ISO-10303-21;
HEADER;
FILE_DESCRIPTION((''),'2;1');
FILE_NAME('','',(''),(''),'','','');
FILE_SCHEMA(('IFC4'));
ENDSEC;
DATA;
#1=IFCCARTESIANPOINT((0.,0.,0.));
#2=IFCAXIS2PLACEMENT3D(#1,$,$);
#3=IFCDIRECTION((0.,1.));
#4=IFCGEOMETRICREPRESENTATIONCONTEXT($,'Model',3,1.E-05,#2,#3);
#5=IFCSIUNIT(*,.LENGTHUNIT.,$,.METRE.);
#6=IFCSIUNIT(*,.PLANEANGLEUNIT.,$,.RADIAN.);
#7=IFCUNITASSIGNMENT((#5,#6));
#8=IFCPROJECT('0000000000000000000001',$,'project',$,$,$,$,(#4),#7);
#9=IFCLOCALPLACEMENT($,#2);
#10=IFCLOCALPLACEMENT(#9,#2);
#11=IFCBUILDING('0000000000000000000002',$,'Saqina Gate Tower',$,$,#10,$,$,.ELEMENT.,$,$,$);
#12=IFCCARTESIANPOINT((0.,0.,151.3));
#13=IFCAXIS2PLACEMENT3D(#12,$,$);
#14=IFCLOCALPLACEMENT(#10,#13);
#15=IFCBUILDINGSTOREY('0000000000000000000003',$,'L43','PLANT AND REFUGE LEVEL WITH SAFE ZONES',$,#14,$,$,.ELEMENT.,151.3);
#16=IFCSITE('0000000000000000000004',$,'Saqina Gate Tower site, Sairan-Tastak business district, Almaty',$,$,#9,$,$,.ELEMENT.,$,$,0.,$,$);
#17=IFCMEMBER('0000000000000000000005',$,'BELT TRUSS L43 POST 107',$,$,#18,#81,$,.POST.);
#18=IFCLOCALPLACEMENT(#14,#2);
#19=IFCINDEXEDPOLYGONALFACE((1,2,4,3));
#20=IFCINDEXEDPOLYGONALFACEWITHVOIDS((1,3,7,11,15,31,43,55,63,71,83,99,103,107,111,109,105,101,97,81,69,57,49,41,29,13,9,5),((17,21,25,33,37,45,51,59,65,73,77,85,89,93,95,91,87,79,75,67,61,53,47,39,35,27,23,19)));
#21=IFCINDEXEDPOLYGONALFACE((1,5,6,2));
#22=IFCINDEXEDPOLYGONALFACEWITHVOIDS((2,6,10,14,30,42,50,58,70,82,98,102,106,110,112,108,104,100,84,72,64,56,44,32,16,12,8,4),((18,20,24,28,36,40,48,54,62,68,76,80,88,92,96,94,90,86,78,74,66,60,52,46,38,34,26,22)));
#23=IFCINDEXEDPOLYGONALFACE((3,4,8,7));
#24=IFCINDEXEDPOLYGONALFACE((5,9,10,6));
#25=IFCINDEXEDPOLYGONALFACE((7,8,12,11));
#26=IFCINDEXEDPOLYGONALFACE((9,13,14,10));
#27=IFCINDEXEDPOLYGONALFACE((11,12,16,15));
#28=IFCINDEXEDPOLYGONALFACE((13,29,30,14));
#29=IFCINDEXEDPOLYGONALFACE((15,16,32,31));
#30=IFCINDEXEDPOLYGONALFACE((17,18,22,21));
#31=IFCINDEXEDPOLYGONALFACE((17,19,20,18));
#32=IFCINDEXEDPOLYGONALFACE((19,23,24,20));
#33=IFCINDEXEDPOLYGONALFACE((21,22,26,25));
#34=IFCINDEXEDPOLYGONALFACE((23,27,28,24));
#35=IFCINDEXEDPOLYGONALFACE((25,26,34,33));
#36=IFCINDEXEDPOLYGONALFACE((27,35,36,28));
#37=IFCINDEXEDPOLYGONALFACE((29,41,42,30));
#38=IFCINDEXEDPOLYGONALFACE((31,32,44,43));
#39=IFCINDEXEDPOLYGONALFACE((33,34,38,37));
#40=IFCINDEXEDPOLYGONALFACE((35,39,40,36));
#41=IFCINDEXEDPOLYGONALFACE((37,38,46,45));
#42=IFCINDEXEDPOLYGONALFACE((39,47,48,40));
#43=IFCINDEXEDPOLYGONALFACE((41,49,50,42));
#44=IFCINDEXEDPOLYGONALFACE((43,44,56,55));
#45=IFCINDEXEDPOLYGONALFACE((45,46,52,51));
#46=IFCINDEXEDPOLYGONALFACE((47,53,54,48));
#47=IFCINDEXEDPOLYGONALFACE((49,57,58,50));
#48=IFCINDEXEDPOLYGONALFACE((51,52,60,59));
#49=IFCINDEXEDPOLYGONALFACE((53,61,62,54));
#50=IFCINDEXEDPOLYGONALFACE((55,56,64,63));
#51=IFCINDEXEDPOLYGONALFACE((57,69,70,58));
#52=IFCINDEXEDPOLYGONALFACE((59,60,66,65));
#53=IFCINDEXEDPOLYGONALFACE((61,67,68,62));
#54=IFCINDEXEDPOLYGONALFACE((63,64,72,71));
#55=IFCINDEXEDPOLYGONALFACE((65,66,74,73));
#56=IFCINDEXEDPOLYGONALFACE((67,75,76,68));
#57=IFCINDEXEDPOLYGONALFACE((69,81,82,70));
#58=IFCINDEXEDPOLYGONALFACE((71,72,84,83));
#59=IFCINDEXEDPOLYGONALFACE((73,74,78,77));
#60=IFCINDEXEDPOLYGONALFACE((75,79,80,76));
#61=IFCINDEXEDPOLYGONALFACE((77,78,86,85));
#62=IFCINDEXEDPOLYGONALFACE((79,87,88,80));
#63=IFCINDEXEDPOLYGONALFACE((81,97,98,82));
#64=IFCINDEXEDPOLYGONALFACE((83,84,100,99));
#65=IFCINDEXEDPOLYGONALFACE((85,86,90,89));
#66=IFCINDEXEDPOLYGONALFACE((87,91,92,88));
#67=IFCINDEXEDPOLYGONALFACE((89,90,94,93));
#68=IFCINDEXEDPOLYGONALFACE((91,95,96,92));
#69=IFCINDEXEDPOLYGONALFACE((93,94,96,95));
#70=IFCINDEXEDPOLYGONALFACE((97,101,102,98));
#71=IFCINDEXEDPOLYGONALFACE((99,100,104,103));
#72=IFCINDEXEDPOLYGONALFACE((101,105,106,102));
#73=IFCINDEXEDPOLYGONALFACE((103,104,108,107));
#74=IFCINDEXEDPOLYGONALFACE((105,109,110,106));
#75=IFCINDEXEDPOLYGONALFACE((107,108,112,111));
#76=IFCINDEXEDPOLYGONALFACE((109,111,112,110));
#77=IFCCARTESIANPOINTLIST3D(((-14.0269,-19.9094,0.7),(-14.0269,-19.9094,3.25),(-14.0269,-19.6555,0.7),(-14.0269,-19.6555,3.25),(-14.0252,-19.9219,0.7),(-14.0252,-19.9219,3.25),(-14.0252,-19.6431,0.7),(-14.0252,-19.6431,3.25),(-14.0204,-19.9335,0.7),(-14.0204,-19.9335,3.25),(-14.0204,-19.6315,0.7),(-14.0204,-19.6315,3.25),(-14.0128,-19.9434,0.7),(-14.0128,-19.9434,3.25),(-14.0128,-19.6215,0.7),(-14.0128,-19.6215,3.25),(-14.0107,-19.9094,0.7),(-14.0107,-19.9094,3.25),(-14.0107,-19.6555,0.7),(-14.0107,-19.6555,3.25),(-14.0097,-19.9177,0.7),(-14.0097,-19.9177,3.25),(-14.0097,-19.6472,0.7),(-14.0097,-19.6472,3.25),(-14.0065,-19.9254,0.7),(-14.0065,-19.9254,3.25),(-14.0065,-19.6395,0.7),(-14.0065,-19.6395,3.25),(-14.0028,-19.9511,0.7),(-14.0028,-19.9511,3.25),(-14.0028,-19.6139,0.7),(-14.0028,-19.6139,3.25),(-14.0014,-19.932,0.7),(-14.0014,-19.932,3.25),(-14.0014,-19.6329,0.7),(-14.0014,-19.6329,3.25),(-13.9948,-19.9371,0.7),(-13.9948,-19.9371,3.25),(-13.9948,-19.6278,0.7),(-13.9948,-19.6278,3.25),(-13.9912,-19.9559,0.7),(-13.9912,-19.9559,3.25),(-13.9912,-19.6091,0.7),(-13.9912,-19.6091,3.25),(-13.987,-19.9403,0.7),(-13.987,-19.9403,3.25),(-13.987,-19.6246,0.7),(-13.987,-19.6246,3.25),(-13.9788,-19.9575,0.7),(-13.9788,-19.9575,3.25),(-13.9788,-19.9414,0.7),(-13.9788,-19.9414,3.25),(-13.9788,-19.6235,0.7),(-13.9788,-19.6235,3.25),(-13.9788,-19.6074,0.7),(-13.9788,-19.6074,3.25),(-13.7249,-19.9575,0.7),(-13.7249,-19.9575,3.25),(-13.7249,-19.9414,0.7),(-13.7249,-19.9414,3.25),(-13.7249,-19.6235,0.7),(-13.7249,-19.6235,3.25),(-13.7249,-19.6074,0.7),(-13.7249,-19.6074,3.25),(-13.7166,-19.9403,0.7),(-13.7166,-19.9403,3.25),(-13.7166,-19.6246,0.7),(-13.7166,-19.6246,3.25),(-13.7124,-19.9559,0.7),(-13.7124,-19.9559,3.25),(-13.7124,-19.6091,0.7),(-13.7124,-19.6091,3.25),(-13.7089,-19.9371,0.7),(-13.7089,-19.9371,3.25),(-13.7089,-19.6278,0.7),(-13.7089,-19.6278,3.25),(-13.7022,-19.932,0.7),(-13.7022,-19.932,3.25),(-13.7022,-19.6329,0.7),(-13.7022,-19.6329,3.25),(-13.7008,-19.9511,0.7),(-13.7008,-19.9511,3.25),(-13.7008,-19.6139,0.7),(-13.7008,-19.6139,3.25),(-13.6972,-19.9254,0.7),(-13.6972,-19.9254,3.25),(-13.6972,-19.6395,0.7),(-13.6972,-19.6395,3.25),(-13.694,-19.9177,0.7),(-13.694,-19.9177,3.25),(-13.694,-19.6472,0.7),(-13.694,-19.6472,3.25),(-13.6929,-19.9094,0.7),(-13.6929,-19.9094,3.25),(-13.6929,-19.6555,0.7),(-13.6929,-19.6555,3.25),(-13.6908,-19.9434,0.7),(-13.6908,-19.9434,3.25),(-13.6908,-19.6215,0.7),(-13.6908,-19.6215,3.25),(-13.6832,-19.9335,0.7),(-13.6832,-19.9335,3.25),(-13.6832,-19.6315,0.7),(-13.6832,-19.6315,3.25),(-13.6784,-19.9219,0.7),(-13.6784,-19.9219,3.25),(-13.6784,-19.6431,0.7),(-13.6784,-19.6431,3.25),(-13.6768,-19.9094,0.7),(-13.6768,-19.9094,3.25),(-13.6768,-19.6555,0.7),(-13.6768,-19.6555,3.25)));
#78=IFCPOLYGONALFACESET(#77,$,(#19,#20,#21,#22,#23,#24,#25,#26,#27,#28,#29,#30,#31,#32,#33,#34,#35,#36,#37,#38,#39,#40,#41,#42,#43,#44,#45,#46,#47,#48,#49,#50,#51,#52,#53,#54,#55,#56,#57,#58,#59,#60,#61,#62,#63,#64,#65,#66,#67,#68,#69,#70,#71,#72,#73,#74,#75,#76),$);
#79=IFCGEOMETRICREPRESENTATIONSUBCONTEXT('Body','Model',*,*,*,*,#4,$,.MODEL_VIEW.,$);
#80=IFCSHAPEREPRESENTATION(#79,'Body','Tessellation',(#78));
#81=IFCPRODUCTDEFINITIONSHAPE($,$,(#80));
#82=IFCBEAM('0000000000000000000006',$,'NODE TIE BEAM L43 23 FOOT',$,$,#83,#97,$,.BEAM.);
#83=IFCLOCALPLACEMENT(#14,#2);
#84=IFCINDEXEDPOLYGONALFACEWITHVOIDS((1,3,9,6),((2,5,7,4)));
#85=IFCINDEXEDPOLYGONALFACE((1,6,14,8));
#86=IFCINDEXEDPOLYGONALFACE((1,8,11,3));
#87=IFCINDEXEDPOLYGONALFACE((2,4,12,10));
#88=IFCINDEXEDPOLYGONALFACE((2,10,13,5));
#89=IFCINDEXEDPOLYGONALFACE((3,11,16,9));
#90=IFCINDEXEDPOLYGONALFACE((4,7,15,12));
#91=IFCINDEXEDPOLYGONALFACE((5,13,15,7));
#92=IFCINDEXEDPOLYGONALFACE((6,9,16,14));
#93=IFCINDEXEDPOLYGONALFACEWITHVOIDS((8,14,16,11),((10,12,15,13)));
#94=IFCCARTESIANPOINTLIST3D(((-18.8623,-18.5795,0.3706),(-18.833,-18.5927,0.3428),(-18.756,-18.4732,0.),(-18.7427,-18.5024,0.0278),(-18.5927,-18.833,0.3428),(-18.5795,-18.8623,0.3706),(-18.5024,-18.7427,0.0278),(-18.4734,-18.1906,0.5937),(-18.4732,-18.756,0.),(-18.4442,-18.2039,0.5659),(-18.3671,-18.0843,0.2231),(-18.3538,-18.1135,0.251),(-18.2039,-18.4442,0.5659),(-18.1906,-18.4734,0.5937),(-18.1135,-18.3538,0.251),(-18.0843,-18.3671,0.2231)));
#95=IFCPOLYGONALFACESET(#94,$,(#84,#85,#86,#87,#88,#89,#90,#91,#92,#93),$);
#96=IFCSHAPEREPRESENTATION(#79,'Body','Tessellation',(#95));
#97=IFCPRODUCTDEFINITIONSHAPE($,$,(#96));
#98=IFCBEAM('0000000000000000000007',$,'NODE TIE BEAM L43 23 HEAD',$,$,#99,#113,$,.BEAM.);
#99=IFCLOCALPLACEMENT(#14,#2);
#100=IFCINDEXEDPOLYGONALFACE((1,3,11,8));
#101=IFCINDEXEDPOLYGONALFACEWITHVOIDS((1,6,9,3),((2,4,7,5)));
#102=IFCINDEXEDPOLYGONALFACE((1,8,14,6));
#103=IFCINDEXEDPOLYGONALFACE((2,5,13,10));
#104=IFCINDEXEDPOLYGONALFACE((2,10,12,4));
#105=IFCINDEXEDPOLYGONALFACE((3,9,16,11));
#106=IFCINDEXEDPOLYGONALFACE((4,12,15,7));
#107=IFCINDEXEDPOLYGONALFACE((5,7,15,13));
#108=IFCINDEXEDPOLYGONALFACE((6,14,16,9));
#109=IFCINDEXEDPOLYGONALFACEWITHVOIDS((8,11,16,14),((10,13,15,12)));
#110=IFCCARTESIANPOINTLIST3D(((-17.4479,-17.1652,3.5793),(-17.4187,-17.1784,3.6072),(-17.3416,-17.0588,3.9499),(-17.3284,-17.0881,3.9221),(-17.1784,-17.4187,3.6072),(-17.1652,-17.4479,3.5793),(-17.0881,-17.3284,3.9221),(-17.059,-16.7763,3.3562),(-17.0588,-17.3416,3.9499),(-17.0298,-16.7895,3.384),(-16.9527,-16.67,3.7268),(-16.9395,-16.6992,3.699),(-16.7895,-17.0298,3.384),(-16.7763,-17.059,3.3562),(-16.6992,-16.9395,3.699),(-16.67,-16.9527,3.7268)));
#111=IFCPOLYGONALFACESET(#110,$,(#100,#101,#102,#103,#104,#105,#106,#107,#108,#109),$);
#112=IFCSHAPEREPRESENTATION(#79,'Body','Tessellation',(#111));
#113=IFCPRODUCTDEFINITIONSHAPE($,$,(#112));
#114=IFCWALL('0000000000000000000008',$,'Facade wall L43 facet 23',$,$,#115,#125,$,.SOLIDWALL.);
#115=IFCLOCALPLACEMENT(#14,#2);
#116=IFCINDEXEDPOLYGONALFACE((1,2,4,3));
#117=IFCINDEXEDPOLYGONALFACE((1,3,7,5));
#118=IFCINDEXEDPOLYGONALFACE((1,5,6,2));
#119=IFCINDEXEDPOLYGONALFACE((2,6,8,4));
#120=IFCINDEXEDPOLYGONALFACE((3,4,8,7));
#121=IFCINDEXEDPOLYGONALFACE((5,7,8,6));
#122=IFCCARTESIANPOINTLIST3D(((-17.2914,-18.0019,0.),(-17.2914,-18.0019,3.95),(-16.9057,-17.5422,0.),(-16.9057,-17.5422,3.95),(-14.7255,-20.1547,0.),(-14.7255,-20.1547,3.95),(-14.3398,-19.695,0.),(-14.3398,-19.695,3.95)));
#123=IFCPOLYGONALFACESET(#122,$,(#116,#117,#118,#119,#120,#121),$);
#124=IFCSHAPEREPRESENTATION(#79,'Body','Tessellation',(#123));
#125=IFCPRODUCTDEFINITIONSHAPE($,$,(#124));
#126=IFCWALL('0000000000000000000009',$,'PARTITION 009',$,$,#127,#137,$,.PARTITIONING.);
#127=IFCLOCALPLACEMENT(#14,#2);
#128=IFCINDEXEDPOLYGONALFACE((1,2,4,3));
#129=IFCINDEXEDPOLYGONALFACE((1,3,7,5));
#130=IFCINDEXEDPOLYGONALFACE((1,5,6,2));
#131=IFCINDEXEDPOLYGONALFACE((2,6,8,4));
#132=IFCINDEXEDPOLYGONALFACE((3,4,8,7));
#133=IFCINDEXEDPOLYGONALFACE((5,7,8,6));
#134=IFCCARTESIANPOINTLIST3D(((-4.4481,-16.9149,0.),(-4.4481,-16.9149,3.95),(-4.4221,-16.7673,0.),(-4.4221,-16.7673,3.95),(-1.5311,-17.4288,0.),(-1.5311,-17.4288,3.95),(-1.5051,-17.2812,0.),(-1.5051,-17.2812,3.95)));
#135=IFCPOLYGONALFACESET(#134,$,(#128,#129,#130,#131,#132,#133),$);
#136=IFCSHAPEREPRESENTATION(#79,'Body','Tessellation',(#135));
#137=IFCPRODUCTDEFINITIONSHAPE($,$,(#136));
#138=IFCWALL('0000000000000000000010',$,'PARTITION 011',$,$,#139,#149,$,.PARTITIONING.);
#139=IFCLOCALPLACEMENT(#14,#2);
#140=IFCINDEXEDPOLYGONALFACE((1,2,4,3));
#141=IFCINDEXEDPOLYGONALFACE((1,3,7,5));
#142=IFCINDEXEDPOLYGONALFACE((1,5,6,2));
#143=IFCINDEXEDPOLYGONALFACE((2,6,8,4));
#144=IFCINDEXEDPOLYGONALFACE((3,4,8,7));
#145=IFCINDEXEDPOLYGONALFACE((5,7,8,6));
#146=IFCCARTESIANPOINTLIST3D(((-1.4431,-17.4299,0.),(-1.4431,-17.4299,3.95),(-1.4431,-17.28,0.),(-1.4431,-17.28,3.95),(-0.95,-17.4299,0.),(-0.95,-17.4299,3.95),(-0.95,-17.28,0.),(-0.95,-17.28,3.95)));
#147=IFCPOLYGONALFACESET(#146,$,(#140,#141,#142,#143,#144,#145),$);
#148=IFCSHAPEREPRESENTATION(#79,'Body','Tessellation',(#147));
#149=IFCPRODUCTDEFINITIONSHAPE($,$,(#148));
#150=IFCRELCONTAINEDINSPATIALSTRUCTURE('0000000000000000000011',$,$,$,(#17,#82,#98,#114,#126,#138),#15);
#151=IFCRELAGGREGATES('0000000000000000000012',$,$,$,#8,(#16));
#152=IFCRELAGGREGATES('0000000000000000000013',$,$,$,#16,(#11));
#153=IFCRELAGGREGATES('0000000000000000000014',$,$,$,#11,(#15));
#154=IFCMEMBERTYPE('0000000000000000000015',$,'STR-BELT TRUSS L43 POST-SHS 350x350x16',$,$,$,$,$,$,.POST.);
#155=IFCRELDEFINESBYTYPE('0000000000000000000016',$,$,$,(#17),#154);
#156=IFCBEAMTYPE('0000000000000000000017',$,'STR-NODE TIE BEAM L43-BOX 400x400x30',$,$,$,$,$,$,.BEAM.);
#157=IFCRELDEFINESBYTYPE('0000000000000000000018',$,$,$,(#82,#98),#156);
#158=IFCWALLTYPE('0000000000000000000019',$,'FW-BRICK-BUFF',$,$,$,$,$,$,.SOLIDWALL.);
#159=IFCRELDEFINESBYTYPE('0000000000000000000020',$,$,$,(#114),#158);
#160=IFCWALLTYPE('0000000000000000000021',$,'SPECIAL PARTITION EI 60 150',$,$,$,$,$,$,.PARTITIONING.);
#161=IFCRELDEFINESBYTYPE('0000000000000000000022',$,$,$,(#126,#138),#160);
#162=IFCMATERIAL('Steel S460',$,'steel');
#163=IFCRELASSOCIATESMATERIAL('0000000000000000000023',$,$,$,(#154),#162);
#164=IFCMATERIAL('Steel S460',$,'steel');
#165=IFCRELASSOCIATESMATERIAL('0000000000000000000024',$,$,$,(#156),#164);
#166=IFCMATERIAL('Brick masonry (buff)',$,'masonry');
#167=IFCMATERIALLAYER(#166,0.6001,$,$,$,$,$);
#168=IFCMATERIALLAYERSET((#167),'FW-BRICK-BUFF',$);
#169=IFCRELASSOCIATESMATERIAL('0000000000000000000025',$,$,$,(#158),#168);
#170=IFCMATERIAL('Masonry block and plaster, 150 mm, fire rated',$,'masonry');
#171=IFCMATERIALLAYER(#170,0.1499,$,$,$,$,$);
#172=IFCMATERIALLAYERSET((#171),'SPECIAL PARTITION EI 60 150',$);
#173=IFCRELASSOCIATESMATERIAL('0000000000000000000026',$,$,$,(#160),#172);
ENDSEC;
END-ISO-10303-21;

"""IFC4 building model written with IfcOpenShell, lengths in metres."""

from ifc_helpers import new_model, si_unit, direction, frame, frame_2d, origin, origin_2d, place, context, subcontext, project, spatial, rectangle, hollow_rectangle, extrude, material, layer, layer_set, material_profile, profile_set, type_object, element, save


model = new_model("IFC4")

# Units and contexts
model_context = context("Model", 3, precision=1e-05, world=origin(), true_north=direction((0.0, 1.0)))
body_context = subcontext(model_context, "Body", "Model", "MODEL_VIEW")
ifc_project = project(units=[si_unit("LENGTHUNIT", "METRE"), si_unit("PLANEANGLEUNIT", "RADIAN")], contexts=[model_context])

# Site, building, storey
site_placement = place(None, origin())
site = spatial("IfcSite", under=ifc_project, at=site_placement, Name="Saqina Gate Tower site, Sairan-Tastak business district, Almaty", CompositionType="ELEMENT", RefElevation=0.0)
building_placement = place(site_placement, origin())
building = spatial("IfcBuilding", under=site, at=building_placement, Name="Saqina Gate Tower", CompositionType="ELEMENT")
storey_placement = place(building_placement, frame((0.0, 0.0, 151.3)))
storey = spatial("IfcBuildingStorey", under=building, at=storey_placement, Name="L43", Description="PLANT AND REFUGE LEVEL WITH SAFE ZONES", CompositionType="ELEMENT", Elevation=151.3)

# Member
ifc_material_1 = material(Name="Steel S460", Category="steel")
ifc_material_profile_1 = material_profile(ifc_material_1, hollow_rectangle(XDim=0.3501, YDim=0.3501, WallThickness=0.0161, InnerFilletRadius=0.032, OuterFilletRadius=0.0481, at=origin_2d()), Name="SHS 350x350x16")
ifc_profile_set_1 = profile_set([ifc_material_profile_1], Name="Steel S460")
member_type_1 = type_object("IfcMemberType", Name="STR-BELT TRUSS L43 POST-SHS 350x350x16", PredefinedType="POST", material=ifc_profile_set_1)
for number, where, z_axis, x_axis, name in (
    (1, (-13.8518, -19.7825, 0.7), (0.0, 0.0, 1.0), (1.0, 0.0, 0.0), "BELT TRUSS L43 POST 107"),
):
    element("IfcMember", number, at=place(storey_placement, frame(where, z_axis=z_axis, x_axis=x_axis)), inside=storey, type_object=member_type_1, Name=name, PredefinedType="POST", context=body_context, shape_type="SweptSolid", body=[
        extrude(hollow_rectangle(XDim=0.3501, YDim=0.3501, WallThickness=0.0161, InnerFilletRadius=0.032, OuterFilletRadius=0.0481, at=origin_2d()), origin(), (0.0, 0.0, 1.0), 2.55),
    ])

# Beams
ifc_material_2 = material(Name="Steel S460", Category="steel")
ifc_material_profile_2 = material_profile(ifc_material_2, hollow_rectangle(XDim=0.3999, YDim=0.3999, WallThickness=0.03, at=origin_2d()), Name="BOX 400x400x30")
ifc_profile_set_2 = profile_set([ifc_material_profile_2], Name="Steel S460")
beam_type = type_object("IfcBeamType", Name="STR-NODE TIE BEAM L43-BOX 400x400x30", PredefinedType="BEAM", material=ifc_profile_set_2)
for number, where, z_axis, x_axis, name in (
    (2, (-18.6677, -18.6677, 0.1853), (0.655234, 0.655234, 0.375947), (-0.707107, 0.707107, 0.0), "NODE TIE BEAM L43 23 FOOT"),
    (3, (-16.8645, -16.8645, 3.5415), (-0.655234, -0.655234, 0.375947), (0.707107, -0.707107, 0.0), "NODE TIE BEAM L43 23 HEAD"),
):
    element("IfcBeam", number, at=place(storey_placement, frame(where, z_axis=z_axis, x_axis=x_axis)), inside=storey, type_object=beam_type, Name=name, PredefinedType="BEAM", context=body_context, shape_type="SweptSolid", body=[
        extrude(hollow_rectangle(XDim=0.3999, YDim=0.3999, WallThickness=0.03, at=origin_2d()), origin(), (0.0, 0.0, 1.0), 0.5935),
    ])

# Walls
ifc_material_3 = material(Name="Brick masonry (buff)", Category="masonry")
ifc_layer_1 = layer(ifc_material_3, 0.6001)
ifc_layer_set_1 = layer_set([ifc_layer_1], Name="FW-BRICK-BUFF")
wall_type_1 = type_object("IfcWallType", Name="FW-BRICK-BUFF", PredefinedType="SOLIDWALL", material=ifc_layer_set_1)
wall_1_placement = place(storey_placement, frame((-17.0986, -17.772, 0.0), z_axis=(0.0, 0.0, 1.0), x_axis=(0.766078, -0.642748, 0.0)))
element("IfcWall", 4, at=wall_1_placement, inside=storey, type_object=wall_type_1, Name="Facade wall L43 facet 23", PredefinedType="SOLIDWALL", context=body_context, shape_type="SweptSolid", body=[
    extrude(rectangle(XDim=3.3494, YDim=0.6001, at=frame_2d((1.6748, 0.0))), origin(), (0.0, 0.0, 1.0), 3.95),
])
ifc_material_4 = material(Name="Masonry block and plaster, 150 mm, fire rated", Category="masonry")
ifc_layer_2 = layer(ifc_material_4, 0.1499)
ifc_layer_set_2 = layer_set([ifc_layer_2], Name="SPECIAL PARTITION EI 60 150")
wall_type_2 = type_object("IfcWallType", Name="SPECIAL PARTITION EI 60 150", PredefinedType="PARTITIONING", material=ifc_layer_set_2)
wall_2_placement = place(storey_placement, frame((-4.4351, -16.8411, 0.0), z_axis=(0.0, 0.0, 1.0), x_axis=(0.984832, -0.173508, 0.0)))
element("IfcWall", 5, at=wall_2_placement, inside=storey, type_object=wall_type_2, Name="PARTITION 009", PredefinedType="PARTITIONING", context=body_context, shape_type="SweptSolid", body=[
    extrude(rectangle(XDim=2.9619, YDim=0.1499, at=frame_2d((1.481, 0.0))), origin(), (0.0, 0.0, 1.0), 3.95),
])
wall_3_placement = place(storey_placement, frame((-1.4431, -17.355, 0.0), z_axis=(0.0, 0.0, 1.0), x_axis=(1.0, 0.0, 0.0)))
element("IfcWall", 6, at=wall_3_placement, inside=storey, type_object=wall_type_2, Name="PARTITION 011", PredefinedType="PARTITIONING", context=body_context, shape_type="SweptSolid", body=[
    extrude(rectangle(XDim=0.4932, YDim=0.1499, at=frame_2d((0.2466, 0.0))), origin(), (0.0, 0.0, 1.0), 3.95),
])

save(model, "model.ifc")
